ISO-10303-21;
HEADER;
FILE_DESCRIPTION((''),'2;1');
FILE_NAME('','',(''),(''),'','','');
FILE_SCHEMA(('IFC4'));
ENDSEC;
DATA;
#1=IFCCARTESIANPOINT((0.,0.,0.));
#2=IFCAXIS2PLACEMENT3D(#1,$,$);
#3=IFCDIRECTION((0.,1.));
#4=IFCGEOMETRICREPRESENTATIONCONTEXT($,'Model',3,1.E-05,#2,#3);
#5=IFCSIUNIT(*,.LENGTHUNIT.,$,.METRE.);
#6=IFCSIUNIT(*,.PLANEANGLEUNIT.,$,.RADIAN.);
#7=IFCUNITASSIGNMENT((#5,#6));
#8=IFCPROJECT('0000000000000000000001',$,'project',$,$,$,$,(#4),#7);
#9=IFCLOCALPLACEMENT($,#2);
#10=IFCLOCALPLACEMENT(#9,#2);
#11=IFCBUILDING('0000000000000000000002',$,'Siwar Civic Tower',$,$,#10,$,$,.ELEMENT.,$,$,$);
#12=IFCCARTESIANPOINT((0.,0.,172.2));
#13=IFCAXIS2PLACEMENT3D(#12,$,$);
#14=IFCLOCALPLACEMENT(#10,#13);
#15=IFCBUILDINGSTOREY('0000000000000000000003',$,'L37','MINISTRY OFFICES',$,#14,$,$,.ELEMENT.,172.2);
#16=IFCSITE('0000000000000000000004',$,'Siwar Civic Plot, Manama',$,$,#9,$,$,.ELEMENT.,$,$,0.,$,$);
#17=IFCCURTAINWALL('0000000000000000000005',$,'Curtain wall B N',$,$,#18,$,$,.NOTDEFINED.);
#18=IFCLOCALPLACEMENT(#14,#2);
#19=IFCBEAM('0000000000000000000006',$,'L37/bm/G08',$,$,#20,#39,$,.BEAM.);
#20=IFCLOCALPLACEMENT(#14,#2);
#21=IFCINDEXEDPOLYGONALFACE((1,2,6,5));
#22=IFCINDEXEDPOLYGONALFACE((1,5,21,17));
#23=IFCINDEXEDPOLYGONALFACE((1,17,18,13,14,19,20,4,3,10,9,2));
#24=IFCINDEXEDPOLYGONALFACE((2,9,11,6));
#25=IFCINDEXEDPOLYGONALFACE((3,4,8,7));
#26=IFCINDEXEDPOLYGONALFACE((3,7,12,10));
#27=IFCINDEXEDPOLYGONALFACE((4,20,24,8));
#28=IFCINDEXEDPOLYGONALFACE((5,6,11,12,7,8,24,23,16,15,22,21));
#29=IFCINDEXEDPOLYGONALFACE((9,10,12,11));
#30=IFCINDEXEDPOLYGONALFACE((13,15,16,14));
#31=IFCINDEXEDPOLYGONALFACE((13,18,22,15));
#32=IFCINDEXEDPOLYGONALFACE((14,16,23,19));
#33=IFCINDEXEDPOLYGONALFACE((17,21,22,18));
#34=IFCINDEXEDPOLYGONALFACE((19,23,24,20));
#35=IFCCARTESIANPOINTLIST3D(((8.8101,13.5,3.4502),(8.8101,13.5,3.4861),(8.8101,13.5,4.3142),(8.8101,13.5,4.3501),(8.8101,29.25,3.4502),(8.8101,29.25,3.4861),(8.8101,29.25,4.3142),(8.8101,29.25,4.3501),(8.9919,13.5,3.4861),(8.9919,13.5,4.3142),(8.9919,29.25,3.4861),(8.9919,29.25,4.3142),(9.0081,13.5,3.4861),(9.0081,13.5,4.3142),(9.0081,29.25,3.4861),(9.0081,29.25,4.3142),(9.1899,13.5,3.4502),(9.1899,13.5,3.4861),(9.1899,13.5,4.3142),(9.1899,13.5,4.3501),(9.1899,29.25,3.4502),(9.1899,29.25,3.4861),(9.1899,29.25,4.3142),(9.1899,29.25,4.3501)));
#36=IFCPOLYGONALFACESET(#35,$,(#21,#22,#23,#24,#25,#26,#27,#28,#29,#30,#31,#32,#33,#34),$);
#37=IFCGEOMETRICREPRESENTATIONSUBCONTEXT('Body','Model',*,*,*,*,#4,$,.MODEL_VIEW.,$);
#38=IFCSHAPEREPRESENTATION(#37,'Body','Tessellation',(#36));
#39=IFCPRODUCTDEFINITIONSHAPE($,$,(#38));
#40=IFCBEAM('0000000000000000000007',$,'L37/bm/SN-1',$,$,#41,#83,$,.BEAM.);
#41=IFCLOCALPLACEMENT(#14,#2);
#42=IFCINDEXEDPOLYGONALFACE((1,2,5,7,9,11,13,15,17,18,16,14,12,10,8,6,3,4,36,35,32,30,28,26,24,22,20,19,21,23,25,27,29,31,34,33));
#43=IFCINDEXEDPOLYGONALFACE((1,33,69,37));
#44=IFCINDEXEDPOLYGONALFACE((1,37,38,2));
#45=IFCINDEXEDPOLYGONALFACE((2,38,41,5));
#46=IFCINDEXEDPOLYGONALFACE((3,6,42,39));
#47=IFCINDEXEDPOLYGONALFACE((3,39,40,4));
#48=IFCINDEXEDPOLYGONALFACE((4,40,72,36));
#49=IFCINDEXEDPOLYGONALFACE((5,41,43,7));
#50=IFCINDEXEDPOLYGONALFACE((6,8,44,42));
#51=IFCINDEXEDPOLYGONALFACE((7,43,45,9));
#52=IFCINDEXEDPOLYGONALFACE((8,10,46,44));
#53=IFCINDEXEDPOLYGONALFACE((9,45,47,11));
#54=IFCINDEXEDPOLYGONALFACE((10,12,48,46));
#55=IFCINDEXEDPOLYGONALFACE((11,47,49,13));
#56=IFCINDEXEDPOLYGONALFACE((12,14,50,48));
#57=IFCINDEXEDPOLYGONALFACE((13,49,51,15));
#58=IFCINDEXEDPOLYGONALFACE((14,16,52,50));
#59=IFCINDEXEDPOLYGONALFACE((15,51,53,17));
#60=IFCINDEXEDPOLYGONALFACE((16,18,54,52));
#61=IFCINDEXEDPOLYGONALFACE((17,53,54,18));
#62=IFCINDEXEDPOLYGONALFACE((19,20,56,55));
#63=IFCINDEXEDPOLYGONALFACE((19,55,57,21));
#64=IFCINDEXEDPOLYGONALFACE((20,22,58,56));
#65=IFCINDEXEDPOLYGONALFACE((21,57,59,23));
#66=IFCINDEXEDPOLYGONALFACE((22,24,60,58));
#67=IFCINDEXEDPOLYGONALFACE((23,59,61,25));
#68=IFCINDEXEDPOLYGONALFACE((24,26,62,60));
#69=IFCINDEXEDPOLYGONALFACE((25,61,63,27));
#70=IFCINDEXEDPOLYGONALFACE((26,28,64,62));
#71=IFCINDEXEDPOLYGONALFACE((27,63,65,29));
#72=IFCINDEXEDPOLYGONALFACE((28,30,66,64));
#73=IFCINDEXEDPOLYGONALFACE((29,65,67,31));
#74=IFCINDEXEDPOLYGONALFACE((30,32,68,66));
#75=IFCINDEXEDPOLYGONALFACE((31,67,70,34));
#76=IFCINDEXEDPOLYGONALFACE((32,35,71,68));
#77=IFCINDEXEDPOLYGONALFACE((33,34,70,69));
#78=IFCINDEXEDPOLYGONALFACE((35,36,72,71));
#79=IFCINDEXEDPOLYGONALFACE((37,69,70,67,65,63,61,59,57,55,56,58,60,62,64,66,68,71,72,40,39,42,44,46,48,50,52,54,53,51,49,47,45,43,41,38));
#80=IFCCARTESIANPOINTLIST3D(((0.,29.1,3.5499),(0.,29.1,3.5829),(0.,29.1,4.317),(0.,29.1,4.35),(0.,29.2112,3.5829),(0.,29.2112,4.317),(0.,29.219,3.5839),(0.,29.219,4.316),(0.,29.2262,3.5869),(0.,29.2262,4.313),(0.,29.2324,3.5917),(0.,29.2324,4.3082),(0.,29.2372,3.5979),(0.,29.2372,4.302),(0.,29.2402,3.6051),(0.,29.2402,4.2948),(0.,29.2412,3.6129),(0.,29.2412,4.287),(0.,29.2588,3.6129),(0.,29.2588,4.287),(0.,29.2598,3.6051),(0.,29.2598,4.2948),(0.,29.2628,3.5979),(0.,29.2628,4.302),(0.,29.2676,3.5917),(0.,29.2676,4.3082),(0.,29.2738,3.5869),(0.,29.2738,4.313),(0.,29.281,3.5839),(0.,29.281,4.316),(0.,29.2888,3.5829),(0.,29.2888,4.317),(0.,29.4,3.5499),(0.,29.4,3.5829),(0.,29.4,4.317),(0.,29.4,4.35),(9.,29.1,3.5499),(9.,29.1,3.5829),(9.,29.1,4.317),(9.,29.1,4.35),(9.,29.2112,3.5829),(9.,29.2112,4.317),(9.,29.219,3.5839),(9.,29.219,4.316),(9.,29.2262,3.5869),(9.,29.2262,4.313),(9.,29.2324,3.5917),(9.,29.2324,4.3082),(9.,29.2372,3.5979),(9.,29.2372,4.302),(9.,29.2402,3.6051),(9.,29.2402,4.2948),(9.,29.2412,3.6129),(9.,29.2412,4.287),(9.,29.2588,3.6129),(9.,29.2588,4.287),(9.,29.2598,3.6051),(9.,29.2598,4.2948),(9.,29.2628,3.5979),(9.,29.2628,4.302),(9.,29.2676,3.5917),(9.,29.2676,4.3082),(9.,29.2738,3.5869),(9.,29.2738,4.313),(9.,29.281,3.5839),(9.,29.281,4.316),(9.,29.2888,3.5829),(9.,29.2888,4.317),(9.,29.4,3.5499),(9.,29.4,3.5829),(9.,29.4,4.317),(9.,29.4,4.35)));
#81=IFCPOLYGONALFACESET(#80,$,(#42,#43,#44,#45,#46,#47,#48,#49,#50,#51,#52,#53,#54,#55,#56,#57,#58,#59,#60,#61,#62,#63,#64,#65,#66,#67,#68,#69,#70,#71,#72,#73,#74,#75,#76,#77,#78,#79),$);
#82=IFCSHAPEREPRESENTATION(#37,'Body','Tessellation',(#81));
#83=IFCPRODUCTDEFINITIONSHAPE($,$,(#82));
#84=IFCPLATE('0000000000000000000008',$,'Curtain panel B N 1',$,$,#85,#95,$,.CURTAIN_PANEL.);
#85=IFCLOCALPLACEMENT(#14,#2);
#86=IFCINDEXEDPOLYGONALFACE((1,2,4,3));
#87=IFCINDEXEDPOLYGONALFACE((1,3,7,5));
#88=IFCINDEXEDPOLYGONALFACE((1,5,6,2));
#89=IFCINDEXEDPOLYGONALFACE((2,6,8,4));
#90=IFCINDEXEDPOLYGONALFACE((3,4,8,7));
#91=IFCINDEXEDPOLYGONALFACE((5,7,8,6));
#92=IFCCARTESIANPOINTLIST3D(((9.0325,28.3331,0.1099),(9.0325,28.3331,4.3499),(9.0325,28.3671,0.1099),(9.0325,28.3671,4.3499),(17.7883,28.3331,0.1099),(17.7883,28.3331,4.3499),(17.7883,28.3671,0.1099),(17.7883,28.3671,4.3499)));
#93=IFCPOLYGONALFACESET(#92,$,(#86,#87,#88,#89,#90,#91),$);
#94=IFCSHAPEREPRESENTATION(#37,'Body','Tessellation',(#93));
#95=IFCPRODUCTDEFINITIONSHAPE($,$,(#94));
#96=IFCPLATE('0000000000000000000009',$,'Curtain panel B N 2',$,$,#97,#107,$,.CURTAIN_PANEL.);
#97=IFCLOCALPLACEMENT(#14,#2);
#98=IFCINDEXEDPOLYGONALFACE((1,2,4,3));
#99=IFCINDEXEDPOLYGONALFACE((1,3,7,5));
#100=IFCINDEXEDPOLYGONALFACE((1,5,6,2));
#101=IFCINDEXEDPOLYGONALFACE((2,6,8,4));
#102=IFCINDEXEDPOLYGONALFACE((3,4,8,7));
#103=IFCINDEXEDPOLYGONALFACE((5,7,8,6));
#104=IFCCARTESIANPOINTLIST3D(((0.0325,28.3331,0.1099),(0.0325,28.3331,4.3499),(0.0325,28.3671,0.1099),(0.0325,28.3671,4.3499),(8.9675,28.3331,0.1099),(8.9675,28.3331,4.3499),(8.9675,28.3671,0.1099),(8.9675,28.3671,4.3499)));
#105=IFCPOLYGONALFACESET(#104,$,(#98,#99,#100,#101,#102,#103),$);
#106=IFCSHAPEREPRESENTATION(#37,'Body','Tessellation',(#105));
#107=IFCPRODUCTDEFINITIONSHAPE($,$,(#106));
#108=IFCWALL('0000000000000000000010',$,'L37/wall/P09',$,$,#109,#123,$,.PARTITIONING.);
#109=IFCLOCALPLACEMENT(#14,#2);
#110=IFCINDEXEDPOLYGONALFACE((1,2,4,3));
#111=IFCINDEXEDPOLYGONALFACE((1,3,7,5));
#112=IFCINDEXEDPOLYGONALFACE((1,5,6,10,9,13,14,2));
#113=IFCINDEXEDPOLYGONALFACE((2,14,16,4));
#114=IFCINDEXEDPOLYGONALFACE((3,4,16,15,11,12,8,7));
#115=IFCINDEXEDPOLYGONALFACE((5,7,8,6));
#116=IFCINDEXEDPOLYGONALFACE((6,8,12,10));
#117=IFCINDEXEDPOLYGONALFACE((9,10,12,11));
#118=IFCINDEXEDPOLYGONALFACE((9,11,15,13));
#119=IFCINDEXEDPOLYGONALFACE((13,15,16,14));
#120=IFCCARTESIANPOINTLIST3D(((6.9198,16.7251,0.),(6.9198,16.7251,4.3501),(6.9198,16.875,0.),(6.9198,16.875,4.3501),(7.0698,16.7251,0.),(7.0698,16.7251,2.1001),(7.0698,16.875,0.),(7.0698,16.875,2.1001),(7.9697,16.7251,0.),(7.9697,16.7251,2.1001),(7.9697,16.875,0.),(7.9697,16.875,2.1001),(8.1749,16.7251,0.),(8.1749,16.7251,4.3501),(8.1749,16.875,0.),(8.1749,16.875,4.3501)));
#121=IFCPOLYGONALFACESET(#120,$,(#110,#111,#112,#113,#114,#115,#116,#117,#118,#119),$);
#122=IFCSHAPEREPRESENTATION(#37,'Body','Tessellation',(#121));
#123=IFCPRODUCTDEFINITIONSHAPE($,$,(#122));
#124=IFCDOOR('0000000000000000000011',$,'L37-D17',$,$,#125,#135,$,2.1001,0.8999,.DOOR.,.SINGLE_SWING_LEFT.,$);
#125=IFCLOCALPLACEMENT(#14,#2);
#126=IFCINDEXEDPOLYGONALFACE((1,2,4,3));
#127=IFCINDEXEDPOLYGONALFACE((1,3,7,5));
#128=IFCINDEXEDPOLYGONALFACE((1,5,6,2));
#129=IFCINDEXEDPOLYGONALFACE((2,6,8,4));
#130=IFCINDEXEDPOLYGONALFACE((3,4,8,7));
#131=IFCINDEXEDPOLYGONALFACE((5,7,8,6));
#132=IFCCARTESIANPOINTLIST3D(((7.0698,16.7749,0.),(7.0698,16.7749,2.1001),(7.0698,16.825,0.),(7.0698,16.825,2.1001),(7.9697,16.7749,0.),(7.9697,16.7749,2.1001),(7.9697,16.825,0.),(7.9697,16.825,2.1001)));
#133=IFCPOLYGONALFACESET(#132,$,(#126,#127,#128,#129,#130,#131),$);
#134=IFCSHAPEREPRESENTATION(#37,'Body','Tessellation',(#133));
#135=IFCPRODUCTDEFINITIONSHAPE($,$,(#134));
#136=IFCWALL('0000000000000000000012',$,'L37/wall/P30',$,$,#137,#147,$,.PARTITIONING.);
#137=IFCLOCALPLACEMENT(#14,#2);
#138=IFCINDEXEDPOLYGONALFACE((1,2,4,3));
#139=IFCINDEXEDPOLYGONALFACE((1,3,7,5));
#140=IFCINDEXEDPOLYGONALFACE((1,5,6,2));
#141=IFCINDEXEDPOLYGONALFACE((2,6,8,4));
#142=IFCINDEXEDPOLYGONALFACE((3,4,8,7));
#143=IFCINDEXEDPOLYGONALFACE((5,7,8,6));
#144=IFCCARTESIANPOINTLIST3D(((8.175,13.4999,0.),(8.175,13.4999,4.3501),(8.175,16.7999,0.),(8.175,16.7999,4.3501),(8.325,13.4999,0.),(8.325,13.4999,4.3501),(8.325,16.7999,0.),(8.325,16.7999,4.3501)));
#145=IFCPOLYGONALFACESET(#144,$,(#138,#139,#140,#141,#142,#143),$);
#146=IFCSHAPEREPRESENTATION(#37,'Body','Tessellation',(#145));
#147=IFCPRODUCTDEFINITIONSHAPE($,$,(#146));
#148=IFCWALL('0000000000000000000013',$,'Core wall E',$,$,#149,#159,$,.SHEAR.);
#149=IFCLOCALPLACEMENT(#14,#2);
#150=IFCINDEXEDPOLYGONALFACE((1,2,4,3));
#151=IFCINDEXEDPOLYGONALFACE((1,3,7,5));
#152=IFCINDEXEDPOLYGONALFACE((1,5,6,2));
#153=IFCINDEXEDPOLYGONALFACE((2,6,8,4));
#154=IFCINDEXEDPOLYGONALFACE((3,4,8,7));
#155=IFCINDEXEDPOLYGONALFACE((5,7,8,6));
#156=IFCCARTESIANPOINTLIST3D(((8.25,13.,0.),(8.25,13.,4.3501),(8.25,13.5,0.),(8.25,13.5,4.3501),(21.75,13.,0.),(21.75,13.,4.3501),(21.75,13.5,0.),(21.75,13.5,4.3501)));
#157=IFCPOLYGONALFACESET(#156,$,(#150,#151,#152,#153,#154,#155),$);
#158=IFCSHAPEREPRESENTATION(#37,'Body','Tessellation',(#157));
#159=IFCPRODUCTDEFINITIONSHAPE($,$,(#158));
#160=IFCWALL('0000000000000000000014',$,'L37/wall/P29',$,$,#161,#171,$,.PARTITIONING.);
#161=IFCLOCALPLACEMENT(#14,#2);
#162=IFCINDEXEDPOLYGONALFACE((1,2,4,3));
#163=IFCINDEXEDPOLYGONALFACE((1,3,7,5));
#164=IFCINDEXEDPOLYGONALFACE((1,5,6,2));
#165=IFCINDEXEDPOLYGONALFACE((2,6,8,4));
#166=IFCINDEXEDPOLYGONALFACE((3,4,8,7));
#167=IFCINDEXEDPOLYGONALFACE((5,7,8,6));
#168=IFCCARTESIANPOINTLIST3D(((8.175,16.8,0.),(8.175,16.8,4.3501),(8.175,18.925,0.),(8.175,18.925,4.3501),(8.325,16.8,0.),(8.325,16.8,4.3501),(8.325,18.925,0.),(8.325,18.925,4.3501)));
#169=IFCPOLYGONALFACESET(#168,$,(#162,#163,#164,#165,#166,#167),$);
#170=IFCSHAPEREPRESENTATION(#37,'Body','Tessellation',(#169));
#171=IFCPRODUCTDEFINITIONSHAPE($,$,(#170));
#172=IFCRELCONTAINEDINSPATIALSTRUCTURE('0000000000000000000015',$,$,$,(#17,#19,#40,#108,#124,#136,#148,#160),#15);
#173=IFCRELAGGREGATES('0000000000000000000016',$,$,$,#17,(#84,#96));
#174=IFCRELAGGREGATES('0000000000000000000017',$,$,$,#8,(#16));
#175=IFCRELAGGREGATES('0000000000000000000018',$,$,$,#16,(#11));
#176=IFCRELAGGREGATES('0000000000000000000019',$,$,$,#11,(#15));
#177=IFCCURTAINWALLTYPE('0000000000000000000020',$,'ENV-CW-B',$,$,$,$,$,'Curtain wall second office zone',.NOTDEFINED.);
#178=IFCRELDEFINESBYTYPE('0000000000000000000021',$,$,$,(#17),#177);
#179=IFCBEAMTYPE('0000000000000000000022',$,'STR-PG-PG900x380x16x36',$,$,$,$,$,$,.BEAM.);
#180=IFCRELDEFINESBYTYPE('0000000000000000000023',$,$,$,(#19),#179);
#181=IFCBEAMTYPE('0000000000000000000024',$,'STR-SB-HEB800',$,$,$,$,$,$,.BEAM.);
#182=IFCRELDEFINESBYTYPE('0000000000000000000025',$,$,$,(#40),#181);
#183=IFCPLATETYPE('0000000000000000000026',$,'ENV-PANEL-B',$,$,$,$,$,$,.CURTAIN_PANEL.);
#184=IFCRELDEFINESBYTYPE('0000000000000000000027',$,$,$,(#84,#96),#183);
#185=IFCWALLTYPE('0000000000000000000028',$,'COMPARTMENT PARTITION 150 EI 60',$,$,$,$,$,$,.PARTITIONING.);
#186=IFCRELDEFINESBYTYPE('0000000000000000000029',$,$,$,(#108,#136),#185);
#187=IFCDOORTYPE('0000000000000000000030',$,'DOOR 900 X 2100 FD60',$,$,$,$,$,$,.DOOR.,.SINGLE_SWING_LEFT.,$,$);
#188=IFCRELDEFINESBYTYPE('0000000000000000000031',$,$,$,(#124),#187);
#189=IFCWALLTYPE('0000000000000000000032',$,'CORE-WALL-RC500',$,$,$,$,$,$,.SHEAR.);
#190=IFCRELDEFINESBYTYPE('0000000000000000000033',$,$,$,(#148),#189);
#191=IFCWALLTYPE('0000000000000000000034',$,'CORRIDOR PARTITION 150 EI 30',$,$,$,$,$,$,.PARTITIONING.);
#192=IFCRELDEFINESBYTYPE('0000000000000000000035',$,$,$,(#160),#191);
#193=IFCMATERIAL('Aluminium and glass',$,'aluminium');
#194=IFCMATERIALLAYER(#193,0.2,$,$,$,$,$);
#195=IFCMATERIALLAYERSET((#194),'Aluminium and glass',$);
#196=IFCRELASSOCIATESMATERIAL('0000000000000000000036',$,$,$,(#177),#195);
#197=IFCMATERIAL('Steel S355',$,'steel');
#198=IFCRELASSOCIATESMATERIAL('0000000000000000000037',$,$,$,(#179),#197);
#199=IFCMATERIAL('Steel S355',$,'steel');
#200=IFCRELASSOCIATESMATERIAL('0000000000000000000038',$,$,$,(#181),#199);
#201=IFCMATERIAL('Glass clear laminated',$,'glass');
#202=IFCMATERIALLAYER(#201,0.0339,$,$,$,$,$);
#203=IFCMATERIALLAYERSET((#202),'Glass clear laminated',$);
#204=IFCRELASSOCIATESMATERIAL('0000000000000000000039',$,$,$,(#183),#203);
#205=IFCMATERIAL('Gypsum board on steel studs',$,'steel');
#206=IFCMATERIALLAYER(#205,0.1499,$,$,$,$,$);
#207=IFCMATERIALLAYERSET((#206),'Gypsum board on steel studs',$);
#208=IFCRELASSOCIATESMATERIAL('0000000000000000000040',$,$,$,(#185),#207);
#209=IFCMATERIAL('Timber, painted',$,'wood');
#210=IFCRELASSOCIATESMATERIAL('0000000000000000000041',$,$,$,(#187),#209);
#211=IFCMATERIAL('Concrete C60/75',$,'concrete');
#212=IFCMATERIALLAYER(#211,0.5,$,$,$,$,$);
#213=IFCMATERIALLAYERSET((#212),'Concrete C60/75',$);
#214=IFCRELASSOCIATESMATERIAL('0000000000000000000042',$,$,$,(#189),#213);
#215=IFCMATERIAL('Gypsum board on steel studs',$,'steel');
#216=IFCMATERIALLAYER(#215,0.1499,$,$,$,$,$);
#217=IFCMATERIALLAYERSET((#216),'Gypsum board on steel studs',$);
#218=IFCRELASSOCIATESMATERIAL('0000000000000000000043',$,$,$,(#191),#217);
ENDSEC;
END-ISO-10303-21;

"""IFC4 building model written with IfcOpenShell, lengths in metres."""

from ifc_helpers import new_model, si_unit, direction, frame, frame_2d, origin, origin_2d, place, context, subcontext, project, spatial, rectangle, i_section, extrude, material, layer, layer_set, material_profile, profile_set, type_object, element, fill, aggregate, save


model = new_model("IFC4")

# Units and contexts
model_context = context("Model", 3, precision=1e-05, world=origin(), true_north=direction((0.0, 1.0)))
body_context = subcontext(model_context, "Body", "Model", "MODEL_VIEW")
ifc_project = project(units=[si_unit("LENGTHUNIT", "METRE"), si_unit("PLANEANGLEUNIT", "RADIAN")], contexts=[model_context])

# Site, building, storey
site_placement = place(None, origin())
site = spatial("IfcSite", under=ifc_project, at=site_placement, Name="Siwar Civic Plot, Manama", CompositionType="ELEMENT", RefElevation=0.0)
building_placement = place(site_placement, origin())
building = spatial("IfcBuilding", under=site, at=building_placement, Name="Siwar Civic Tower", CompositionType="ELEMENT")
storey_placement = place(building_placement, frame((0.0, 0.0, 172.2)))
storey = spatial("IfcBuildingStorey", under=building, at=storey_placement, Name="L37", Description="MINISTRY OFFICES", CompositionType="ELEMENT", Elevation=172.2)

# Curtain wall
ifc_material_1 = material(Name="Aluminium and glass", Category="aluminium")
ifc_layer_1 = layer(ifc_material_1, 0.2)
ifc_layer_set_1 = layer_set([ifc_layer_1], Name="Aluminium and glass")
curtain_wall_type = type_object("IfcCurtainWallType", Name="ENV-CW-B", ElementType="Curtain wall second office zone", PredefinedType="NOTDEFINED", material=ifc_layer_set_1)
curtain_wall_placement = place(storey_placement, origin())
curtain_wall = element("IfcCurtainWall", 1, at=curtain_wall_placement, inside=storey, type_object=curtain_wall_type, Name="Curtain wall B N", PredefinedType="NOTDEFINED")

# Beams
ifc_material_2 = material(Name="Steel S355", Category="steel")
ifc_material_profile_1 = material_profile(ifc_material_2, i_section(OverallWidth=0.3799, OverallDepth=0.8999, WebThickness=0.0161, FlangeThickness=0.0359, at=origin_2d()), Name="PG900x380x16x36")
ifc_profile_set_1 = profile_set([ifc_material_profile_1], Name="Steel S355")
beam_type_1 = type_object("IfcBeamType", Name="STR-PG-PG900x380x16x36", PredefinedType="BEAM", material=ifc_profile_set_1)
beam_1_placement = place(storey_placement, frame((9.0, 13.5, 3.9001), z_axis=(0.0, 1.0, 0.0), x_axis=(-1.0, 0.0, 0.0)))
element("IfcBeam", 2, at=beam_1_placement, inside=storey, type_object=beam_type_1, Name="L37/bm/G08", PredefinedType="BEAM", context=body_context, shape_type="SweptSolid", body=[
    extrude(i_section(OverallWidth=0.3799, OverallDepth=0.8999, WebThickness=0.0161, FlangeThickness=0.0359, at=origin_2d()), origin(), (0.0, 0.0, 1.0), 15.75),
])
ifc_material_3 = material(Name="Steel S355", Category="steel")
ifc_material_profile_2 = material_profile(ifc_material_3, i_section(OverallWidth=0.3, OverallDepth=0.8, WebThickness=0.0176, FlangeThickness=0.033, FilletRadius=0.03, at=origin_2d()), Name="HEB800")
ifc_profile_set_2 = profile_set([ifc_material_profile_2], Name="Steel S355")
beam_type_2 = type_object("IfcBeamType", Name="STR-SB-HEB800", PredefinedType="BEAM", material=ifc_profile_set_2)
beam_2_placement = place(storey_placement, frame((9.0, 29.25, 3.95), z_axis=(-1.0, 0.0, 0.0), x_axis=(0.0, -1.0, 0.0)))
element("IfcBeam", 3, at=beam_2_placement, inside=storey, type_object=beam_type_2, Name="L37/bm/SN-1", PredefinedType="BEAM", context=body_context, shape_type="SweptSolid", body=[
    extrude(i_section(OverallWidth=0.3, OverallDepth=0.8, WebThickness=0.0176, FlangeThickness=0.033, FilletRadius=0.03, at=origin_2d()), origin(), (0.0, 0.0, 1.0), 9.0),
])

# Plates
ifc_material_4 = material(Name="Glass clear laminated", Category="glass")
ifc_layer_2 = layer(ifc_material_4, 0.0339)
ifc_layer_set_2 = layer_set([ifc_layer_2], Name="Glass clear laminated")
plate_type = type_object("IfcPlateType", Name="ENV-PANEL-B", PredefinedType="CURTAIN_PANEL", material=ifc_layer_set_2)
plate_1_placement = place(storey_placement, frame((13.4104, 28.3501, 0.1099), z_axis=(0.0, 0.0, 1.0), x_axis=(-1.0, 0.0, 0.0)))
plate_1 = element("IfcPlate", 4, at=plate_1_placement, type_object=plate_type, Name="Curtain panel B N 1", PredefinedType="CURTAIN_PANEL", context=body_context, shape_type="SweptSolid", body=[
    extrude(rectangle(XDim=8.7559, YDim=0.0339, at=origin_2d()), origin(), (0.0, 0.0, 1.0), 4.24),
])
plate_2_placement = place(storey_placement, frame((4.5, 28.3501, 0.1099), z_axis=(0.0, 0.0, 1.0), x_axis=(-1.0, 0.0, 0.0)))
plate_2 = element("IfcPlate", 5, at=plate_2_placement, type_object=plate_type, Name="Curtain panel B N 2", PredefinedType="CURTAIN_PANEL", context=body_context, shape_type="SweptSolid", body=[
    extrude(rectangle(XDim=8.9351, YDim=0.0339, at=origin_2d()), origin(), (0.0, 0.0, 1.0), 4.24),
])
aggregate(curtain_wall, [plate_1, plate_2])

# Wall, opening, door
ifc_material_5 = material(Name="Gypsum board on steel studs", Category="steel")
ifc_layer_3 = layer(ifc_material_5, 0.1499)
ifc_layer_set_3 = layer_set([ifc_layer_3], Name="Gypsum board on steel studs")
wall_type_1 = type_object("IfcWallType", Name="COMPARTMENT PARTITION 150 EI 60", PredefinedType="PARTITIONING", material=ifc_layer_set_3)
wall_1_placement = place(storey_placement, frame((6.9199, 16.8, 0.0), z_axis=(0.0, 0.0, 1.0), x_axis=(1.0, 0.0, 0.0)))
wall_1 = element("IfcWall", 6, at=wall_1_placement, inside=storey, type_object=wall_type_1, Name="L37/wall/P09", PredefinedType="PARTITIONING", context=body_context, shape_type="SweptSolid", body=[
    extrude(rectangle(XDim=1.2551, YDim=0.1499, at=frame_2d((0.6274, 0.0))), origin(), (0.0, 0.0, 1.0), 4.3501),
])
opening_placement = place(wall_1_placement, frame((0.1499, 0.0, 0.0)))
opening = element("IfcOpeningElement", 7, at=opening_placement, cuts=wall_1, PredefinedType="OPENING", context=body_context, shape_type="SweptSolid", body=[
    extrude(rectangle(XDim=0.8999, YDim=2.1001, at=frame_2d((0.45, 1.05))), frame((0.0, 0.085, 0.0), z_axis=(0.0, -1.0, 0.0), x_axis=(1.0, 0.0, 0.0)), (0.0, 0.0, 1.0), 0.1699),
])
ifc_material_6 = material(Name="Timber, painted", Category="wood")
door_type = type_object("IfcDoorType", Name="DOOR 900 X 2100 FD60", OperationType="SINGLE_SWING_LEFT", PredefinedType="DOOR", material=ifc_material_6)
door_placement = place(opening_placement, origin())
door = element("IfcDoor", 8, at=door_placement, inside=storey, type_object=door_type, Name="L37-D17", OperationType="SINGLE_SWING_LEFT", OverallHeight=2.1001, OverallWidth=0.8999, PredefinedType="DOOR", context=body_context, shape_type="SweptSolid", body=[
    extrude(rectangle(XDim=0.8999, YDim=2.1001, at=frame_2d((0.45, 1.05))), frame((0.0, 0.0249, 0.0), z_axis=(0.0, -1.0, 0.0), x_axis=(1.0, 0.0, 0.0)), (0.0, 0.0, 1.0), 0.05),
])
fill(opening, door)

# Walls
wall_2_placement = place(storey_placement, frame((8.25, 13.5, 0.0), z_axis=(0.0, 0.0, 1.0), x_axis=(0.0, 1.0, 0.0)))
element("IfcWall", 9, at=wall_2_placement, inside=storey, type_object=wall_type_1, Name="L37/wall/P30", PredefinedType="PARTITIONING", context=body_context, shape_type="SweptSolid", body=[
    extrude(rectangle(XDim=3.3, YDim=0.1499, at=frame_2d((1.6499, 0.0))), origin(), (0.0, 0.0, 1.0), 4.3501),
])
ifc_material_7 = material(Name="Concrete C60/75", Category="concrete")
ifc_layer_4 = layer(ifc_material_7, 0.5)
ifc_layer_set_4 = layer_set([ifc_layer_4], Name="Concrete C60/75")
wall_type_2 = type_object("IfcWallType", Name="CORE-WALL-RC500", PredefinedType="SHEAR", material=ifc_layer_set_4)
wall_3_placement = place(storey_placement, frame((8.25, 13.25, 0.0), z_axis=(0.0, 0.0, 1.0), x_axis=(1.0, 0.0, 0.0)))
element("IfcWall", 10, at=wall_3_placement, inside=storey, type_object=wall_type_2, Name="Core wall E", PredefinedType="SHEAR", context=body_context, shape_type="SweptSolid", body=[
    extrude(rectangle(XDim=13.5, YDim=0.5, at=frame_2d((6.75, 0.0))), origin(), (0.0, 0.0, 1.0), 4.3501),
])
ifc_material_8 = material(Name="Gypsum board on steel studs", Category="steel")
ifc_layer_5 = layer(ifc_material_8, 0.1499)
ifc_layer_set_5 = layer_set([ifc_layer_5], Name="Gypsum board on steel studs")
wall_type_3 = type_object("IfcWallType", Name="CORRIDOR PARTITION 150 EI 30", PredefinedType="PARTITIONING", material=ifc_layer_set_5)
wall_4_placement = place(storey_placement, frame((8.25, 16.8, 0.0), z_axis=(0.0, 0.0, 1.0), x_axis=(0.0, 1.0, 0.0)))
element("IfcWall", 11, at=wall_4_placement, inside=storey, type_object=wall_type_3, Name="L37/wall/P29", PredefinedType="PARTITIONING", context=body_context, shape_type="SweptSolid", body=[
    extrude(rectangle(XDim=2.125, YDim=0.1499, at=frame_2d((1.0625, 0.0))), origin(), (0.0, 0.0, 1.0), 4.3501),
])

save(model, "model.ifc")
